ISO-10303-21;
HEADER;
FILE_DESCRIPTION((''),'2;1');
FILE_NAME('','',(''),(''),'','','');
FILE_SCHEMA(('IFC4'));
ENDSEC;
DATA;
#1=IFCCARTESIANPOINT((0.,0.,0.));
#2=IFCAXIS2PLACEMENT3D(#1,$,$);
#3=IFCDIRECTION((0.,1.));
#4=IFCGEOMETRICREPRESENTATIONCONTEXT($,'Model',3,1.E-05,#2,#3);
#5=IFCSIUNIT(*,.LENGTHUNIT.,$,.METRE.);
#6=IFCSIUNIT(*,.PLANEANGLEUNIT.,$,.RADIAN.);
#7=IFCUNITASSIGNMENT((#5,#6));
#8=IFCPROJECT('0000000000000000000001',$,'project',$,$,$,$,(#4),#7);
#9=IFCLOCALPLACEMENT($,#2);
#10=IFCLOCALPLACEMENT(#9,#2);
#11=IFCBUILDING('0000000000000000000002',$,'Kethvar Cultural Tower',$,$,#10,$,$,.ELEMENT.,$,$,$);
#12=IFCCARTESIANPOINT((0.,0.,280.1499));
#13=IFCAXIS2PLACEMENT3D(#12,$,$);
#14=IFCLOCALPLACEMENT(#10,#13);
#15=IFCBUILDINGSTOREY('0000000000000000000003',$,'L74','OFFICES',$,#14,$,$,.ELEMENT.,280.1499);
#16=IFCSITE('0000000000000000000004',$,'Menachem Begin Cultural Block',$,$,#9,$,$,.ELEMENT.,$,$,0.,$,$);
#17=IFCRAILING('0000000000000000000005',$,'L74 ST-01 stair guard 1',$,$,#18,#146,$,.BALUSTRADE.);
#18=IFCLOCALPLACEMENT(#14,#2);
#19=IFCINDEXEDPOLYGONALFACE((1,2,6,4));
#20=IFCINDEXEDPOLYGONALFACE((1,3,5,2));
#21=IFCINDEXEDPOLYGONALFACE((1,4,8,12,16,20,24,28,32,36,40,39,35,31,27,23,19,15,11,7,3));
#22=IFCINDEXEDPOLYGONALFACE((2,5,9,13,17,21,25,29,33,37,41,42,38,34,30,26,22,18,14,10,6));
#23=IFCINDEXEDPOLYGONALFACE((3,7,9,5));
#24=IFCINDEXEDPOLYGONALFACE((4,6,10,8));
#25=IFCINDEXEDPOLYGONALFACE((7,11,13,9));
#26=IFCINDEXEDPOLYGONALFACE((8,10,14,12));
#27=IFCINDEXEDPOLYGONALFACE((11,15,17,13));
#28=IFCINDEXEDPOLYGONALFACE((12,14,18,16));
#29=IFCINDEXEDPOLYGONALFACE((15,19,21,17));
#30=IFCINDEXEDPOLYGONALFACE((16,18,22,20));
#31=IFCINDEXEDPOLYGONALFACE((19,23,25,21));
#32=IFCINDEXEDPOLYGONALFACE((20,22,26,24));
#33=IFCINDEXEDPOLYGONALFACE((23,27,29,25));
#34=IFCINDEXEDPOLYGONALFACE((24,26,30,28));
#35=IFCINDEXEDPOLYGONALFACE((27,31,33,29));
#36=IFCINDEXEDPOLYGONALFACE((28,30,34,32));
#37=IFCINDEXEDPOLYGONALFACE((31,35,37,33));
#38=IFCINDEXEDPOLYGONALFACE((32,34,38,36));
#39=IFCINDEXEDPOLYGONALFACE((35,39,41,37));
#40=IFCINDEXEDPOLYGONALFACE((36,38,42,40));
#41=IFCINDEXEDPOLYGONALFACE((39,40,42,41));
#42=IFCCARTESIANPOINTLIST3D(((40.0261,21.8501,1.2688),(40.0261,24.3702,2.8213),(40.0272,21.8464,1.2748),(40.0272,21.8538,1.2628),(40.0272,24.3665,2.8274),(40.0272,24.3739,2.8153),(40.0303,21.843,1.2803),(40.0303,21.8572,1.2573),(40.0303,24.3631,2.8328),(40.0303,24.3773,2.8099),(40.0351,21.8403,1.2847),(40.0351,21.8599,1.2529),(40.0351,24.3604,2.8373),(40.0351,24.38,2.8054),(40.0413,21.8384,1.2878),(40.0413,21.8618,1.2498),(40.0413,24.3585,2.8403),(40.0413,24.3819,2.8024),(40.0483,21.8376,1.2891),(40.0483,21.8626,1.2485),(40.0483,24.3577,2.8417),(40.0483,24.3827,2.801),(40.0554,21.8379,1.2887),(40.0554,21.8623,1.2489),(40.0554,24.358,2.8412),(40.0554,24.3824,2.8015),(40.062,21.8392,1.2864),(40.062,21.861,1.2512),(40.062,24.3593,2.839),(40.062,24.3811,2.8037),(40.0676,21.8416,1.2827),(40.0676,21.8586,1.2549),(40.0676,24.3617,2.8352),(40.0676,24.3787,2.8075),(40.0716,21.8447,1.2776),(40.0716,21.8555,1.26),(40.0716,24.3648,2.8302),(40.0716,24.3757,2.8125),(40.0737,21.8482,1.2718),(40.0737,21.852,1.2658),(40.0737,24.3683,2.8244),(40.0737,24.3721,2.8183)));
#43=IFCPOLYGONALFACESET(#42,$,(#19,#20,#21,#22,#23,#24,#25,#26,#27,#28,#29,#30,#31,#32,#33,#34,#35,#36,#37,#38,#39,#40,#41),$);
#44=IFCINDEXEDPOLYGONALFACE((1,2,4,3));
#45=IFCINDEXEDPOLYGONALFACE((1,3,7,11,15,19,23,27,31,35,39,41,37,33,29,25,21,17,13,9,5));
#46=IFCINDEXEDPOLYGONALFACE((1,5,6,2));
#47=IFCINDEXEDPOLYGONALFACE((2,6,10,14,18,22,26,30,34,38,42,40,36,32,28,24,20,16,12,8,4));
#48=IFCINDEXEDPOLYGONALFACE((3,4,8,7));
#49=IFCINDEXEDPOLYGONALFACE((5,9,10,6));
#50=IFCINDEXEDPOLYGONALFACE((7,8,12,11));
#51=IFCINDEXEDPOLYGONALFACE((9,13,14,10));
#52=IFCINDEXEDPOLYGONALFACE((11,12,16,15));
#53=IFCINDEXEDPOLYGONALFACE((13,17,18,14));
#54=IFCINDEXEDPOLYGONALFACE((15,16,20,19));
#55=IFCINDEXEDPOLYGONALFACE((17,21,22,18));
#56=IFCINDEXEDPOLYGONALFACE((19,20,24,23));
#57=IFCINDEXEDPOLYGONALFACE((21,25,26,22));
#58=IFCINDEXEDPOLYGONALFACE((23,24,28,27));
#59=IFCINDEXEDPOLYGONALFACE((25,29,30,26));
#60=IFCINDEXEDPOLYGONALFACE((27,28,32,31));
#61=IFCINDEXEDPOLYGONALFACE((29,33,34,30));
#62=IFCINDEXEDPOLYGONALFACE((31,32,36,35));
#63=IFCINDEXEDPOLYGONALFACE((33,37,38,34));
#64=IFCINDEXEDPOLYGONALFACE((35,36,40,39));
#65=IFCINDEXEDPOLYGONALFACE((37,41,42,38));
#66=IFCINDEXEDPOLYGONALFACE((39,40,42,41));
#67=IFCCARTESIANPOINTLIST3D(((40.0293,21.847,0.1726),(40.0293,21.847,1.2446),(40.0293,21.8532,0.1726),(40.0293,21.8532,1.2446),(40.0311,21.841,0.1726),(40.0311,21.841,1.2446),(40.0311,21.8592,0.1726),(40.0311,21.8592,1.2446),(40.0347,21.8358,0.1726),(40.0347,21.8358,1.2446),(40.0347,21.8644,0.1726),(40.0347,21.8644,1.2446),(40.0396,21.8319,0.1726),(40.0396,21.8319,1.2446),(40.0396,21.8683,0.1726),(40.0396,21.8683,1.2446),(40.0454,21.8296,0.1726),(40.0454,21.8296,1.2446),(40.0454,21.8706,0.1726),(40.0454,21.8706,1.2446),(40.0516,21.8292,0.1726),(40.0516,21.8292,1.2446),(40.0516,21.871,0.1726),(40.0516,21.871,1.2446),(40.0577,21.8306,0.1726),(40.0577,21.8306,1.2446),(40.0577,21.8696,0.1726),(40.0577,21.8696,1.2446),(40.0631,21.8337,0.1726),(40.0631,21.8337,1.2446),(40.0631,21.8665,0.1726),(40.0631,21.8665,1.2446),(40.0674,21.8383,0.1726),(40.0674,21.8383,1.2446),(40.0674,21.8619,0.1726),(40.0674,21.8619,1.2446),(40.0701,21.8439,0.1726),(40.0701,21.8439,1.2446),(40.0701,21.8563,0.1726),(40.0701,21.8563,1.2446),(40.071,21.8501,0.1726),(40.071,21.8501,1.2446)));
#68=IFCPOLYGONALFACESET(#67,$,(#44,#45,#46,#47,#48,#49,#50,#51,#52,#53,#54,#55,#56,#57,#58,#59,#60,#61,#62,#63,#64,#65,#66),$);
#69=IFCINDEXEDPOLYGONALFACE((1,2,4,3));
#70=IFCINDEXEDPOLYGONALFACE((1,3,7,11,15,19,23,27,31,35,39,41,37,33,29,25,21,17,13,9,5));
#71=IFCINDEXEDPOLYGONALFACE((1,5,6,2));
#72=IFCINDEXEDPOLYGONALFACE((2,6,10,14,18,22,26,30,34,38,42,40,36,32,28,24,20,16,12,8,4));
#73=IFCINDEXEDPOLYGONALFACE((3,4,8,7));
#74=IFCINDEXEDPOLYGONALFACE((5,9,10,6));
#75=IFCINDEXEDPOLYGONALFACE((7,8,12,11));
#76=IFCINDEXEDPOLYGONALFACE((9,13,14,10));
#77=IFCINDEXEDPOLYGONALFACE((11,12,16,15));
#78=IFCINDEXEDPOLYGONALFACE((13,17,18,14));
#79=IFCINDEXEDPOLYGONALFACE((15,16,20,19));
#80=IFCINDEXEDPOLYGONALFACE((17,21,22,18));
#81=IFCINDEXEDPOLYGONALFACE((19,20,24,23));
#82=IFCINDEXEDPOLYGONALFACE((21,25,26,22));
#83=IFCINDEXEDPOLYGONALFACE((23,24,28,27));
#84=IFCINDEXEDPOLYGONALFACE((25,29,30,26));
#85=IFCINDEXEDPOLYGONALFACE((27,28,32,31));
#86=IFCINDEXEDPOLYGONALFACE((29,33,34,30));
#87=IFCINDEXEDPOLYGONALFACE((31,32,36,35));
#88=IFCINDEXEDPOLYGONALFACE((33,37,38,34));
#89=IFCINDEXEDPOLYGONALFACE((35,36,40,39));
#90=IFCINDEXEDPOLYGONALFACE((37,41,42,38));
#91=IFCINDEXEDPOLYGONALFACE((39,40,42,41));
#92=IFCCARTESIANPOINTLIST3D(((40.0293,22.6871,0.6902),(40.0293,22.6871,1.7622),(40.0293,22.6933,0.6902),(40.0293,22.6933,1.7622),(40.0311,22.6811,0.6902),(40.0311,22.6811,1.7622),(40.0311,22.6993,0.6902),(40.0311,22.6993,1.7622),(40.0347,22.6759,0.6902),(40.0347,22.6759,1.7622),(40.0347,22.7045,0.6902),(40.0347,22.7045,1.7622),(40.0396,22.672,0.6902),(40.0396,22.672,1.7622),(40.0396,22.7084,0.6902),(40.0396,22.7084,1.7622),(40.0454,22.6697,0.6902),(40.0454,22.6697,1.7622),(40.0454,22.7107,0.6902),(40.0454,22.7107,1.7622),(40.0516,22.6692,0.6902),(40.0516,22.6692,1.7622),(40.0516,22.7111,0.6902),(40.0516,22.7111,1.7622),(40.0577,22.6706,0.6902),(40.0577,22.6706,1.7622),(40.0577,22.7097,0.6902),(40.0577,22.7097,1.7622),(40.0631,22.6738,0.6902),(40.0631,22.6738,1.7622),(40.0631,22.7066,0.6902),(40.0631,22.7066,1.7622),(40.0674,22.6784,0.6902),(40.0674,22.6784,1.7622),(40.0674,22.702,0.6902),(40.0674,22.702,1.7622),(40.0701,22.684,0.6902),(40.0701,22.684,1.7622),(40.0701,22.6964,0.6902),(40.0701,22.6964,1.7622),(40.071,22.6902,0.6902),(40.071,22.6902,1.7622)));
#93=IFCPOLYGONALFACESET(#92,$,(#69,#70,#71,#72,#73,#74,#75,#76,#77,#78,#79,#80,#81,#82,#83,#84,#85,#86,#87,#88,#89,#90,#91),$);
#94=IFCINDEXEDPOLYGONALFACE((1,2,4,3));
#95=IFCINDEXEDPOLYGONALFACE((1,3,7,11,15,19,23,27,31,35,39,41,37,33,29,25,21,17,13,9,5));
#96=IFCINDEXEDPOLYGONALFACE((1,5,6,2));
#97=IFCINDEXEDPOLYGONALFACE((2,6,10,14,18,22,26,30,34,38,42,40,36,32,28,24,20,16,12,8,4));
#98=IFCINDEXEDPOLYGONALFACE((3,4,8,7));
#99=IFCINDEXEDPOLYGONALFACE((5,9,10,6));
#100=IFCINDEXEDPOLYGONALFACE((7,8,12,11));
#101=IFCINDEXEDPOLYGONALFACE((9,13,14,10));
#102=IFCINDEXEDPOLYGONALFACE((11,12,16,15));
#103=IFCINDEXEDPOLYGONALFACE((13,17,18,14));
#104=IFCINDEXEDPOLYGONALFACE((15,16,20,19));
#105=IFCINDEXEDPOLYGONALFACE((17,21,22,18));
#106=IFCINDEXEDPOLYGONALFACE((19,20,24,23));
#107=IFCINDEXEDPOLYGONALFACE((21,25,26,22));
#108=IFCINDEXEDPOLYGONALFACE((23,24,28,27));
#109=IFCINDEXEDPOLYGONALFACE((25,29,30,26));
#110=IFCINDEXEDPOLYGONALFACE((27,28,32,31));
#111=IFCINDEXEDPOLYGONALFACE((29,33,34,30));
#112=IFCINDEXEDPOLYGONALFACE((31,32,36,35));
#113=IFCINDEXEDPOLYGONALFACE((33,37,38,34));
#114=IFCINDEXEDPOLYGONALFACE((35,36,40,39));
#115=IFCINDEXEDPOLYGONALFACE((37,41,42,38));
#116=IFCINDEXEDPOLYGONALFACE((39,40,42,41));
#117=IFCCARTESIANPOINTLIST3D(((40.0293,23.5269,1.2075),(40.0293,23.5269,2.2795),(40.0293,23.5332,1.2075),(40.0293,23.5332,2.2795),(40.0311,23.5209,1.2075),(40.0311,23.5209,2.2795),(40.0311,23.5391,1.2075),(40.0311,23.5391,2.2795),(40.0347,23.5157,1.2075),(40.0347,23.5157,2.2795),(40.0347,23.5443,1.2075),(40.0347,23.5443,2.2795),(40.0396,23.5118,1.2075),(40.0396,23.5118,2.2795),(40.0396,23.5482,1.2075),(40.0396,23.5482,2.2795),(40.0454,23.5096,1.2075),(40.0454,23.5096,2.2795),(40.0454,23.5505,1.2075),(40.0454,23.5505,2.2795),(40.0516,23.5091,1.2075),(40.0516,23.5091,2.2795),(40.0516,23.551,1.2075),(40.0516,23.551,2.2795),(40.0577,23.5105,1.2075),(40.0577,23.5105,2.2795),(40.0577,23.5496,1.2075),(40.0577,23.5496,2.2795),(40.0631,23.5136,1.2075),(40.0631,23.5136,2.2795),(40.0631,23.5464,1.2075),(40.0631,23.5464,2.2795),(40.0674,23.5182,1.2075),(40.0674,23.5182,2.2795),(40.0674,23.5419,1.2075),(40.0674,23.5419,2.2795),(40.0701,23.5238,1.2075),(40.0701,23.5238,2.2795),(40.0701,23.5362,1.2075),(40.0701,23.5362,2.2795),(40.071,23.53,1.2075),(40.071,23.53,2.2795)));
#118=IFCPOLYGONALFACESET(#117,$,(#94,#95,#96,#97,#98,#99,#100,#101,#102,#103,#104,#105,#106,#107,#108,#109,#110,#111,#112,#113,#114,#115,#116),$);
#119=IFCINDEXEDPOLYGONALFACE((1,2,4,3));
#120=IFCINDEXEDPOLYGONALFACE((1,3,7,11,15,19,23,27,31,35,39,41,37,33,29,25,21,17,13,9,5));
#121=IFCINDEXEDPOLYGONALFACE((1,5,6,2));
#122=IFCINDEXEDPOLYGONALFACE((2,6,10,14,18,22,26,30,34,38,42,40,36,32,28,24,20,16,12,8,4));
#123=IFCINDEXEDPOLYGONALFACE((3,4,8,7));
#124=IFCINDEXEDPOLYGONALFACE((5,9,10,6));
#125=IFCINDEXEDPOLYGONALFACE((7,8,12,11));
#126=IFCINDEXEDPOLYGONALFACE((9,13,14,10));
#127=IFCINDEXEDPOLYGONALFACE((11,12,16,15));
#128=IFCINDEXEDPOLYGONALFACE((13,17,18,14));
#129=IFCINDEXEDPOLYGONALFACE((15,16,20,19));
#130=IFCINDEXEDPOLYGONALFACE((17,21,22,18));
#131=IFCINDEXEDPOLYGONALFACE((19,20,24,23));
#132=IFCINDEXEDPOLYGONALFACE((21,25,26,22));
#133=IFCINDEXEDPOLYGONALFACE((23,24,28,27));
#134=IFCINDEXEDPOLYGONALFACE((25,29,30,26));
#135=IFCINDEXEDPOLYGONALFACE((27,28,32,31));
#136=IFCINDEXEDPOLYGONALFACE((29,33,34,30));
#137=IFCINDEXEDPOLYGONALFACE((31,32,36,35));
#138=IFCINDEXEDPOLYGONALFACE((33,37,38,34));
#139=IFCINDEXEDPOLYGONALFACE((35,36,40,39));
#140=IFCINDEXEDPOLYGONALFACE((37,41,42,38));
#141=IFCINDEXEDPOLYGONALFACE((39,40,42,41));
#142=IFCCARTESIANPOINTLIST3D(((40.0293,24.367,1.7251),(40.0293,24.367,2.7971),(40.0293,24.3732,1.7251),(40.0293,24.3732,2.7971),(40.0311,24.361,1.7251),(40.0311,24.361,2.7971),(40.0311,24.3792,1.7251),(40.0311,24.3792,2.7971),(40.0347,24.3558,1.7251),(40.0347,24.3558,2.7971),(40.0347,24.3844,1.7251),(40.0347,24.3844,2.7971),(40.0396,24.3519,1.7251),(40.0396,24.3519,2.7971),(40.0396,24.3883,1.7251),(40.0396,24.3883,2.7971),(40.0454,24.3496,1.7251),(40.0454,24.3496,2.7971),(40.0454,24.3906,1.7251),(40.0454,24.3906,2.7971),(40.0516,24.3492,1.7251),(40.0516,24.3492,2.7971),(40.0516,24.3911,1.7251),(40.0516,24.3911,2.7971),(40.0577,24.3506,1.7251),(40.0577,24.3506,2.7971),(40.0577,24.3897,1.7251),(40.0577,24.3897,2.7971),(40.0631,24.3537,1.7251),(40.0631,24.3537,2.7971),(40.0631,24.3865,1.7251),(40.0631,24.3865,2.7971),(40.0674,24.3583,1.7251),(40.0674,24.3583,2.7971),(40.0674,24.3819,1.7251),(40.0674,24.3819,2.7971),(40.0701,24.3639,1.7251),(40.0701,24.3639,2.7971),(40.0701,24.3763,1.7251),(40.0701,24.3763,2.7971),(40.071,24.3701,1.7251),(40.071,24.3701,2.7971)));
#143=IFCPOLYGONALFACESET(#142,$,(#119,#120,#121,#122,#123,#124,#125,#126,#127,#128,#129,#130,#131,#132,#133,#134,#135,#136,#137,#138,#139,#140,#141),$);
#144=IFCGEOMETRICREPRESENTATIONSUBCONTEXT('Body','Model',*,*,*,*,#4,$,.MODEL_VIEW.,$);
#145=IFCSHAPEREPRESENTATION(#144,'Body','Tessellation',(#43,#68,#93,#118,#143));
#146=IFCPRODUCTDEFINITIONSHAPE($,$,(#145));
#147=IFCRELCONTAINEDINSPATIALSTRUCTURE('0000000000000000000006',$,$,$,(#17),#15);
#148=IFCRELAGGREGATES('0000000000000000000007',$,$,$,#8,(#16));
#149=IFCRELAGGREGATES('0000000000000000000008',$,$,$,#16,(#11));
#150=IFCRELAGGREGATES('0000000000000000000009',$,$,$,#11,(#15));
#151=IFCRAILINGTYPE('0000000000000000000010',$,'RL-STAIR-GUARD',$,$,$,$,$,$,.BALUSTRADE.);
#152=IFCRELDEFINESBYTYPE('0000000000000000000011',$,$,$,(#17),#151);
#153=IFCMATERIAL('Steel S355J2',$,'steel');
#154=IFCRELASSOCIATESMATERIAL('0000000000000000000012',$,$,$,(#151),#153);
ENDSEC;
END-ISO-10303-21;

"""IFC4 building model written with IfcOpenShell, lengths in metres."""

from ifc_helpers import new_model, si_unit, direction, frame, origin, origin_2d, place, context, subcontext, project, spatial, circle, extrude, material, type_object, element, save


model = new_model("IFC4")

# Units and contexts
model_context = context("Model", 3, precision=1e-05, world=origin(), true_north=direction((0.0, 1.0)))
body_context = subcontext(model_context, "Body", "Model", "MODEL_VIEW")
ifc_project = project(units=[si_unit("LENGTHUNIT", "METRE"), si_unit("PLANEANGLEUNIT", "RADIAN")], contexts=[model_context])

# Site, building, storey
site_placement = place(None, origin())
site = spatial("IfcSite", under=ifc_project, at=site_placement, Name="Menachem Begin Cultural Block", CompositionType="ELEMENT", RefElevation=0.0)
building_placement = place(site_placement, origin())
building = spatial("IfcBuilding", under=site, at=building_placement, Name="Kethvar Cultural Tower", CompositionType="ELEMENT")
storey_placement = place(building_placement, frame((0.0, 0.0, 280.1499)))
storey = spatial("IfcBuildingStorey", under=building, at=storey_placement, Name="L74", Description="OFFICES", CompositionType="ELEMENT", Elevation=280.1499)

# Shared definitions
ifc_material_1 = material(Name="Steel S355J2", Category="steel")

# Railing
railing_type_1 = type_object("IfcRailingType", Name="RL-STAIR-GUARD", PredefinedType="BALUSTRADE", material=ifc_material_1)
railing_1_placement = place(storey_placement, frame((40.05, 21.8501, 0.1726)))
element("IfcRailing", 1, at=railing_1_placement, inside=storey, type_object=railing_type_1, Name="L74 ST-01 stair guard 1", PredefinedType="BALUSTRADE", context=body_context, shape_type="SweptSolid", body=[
    extrude(circle(Radius=0.0239, at=origin_2d()), frame((0.0, 0.0, 1.0962), z_axis=(0.0, 0.8514, 0.524516), x_axis=(-1.0, 0.0, 0.0)), (0.0, 0.0, 1.0), 2.96),
    extrude(circle(Radius=0.021, at=origin_2d()), origin(), (0.0, 0.0, 1.0), 1.072),
    extrude(circle(Radius=0.021, at=origin_2d()), frame((0.0, 0.8401, 0.5176)), (0.0, 0.0, 1.0), 1.072),
    extrude(circle(Radius=0.021, at=origin_2d()), frame((0.0, 1.6799, 1.0349)), (0.0, 0.0, 1.0), 1.072),
    extrude(circle(Radius=0.021, at=origin_2d()), frame((0.0, 2.52, 1.5525)), (0.0, 0.0, 1.0), 1.072),
])

save(model, "model.ifc")
